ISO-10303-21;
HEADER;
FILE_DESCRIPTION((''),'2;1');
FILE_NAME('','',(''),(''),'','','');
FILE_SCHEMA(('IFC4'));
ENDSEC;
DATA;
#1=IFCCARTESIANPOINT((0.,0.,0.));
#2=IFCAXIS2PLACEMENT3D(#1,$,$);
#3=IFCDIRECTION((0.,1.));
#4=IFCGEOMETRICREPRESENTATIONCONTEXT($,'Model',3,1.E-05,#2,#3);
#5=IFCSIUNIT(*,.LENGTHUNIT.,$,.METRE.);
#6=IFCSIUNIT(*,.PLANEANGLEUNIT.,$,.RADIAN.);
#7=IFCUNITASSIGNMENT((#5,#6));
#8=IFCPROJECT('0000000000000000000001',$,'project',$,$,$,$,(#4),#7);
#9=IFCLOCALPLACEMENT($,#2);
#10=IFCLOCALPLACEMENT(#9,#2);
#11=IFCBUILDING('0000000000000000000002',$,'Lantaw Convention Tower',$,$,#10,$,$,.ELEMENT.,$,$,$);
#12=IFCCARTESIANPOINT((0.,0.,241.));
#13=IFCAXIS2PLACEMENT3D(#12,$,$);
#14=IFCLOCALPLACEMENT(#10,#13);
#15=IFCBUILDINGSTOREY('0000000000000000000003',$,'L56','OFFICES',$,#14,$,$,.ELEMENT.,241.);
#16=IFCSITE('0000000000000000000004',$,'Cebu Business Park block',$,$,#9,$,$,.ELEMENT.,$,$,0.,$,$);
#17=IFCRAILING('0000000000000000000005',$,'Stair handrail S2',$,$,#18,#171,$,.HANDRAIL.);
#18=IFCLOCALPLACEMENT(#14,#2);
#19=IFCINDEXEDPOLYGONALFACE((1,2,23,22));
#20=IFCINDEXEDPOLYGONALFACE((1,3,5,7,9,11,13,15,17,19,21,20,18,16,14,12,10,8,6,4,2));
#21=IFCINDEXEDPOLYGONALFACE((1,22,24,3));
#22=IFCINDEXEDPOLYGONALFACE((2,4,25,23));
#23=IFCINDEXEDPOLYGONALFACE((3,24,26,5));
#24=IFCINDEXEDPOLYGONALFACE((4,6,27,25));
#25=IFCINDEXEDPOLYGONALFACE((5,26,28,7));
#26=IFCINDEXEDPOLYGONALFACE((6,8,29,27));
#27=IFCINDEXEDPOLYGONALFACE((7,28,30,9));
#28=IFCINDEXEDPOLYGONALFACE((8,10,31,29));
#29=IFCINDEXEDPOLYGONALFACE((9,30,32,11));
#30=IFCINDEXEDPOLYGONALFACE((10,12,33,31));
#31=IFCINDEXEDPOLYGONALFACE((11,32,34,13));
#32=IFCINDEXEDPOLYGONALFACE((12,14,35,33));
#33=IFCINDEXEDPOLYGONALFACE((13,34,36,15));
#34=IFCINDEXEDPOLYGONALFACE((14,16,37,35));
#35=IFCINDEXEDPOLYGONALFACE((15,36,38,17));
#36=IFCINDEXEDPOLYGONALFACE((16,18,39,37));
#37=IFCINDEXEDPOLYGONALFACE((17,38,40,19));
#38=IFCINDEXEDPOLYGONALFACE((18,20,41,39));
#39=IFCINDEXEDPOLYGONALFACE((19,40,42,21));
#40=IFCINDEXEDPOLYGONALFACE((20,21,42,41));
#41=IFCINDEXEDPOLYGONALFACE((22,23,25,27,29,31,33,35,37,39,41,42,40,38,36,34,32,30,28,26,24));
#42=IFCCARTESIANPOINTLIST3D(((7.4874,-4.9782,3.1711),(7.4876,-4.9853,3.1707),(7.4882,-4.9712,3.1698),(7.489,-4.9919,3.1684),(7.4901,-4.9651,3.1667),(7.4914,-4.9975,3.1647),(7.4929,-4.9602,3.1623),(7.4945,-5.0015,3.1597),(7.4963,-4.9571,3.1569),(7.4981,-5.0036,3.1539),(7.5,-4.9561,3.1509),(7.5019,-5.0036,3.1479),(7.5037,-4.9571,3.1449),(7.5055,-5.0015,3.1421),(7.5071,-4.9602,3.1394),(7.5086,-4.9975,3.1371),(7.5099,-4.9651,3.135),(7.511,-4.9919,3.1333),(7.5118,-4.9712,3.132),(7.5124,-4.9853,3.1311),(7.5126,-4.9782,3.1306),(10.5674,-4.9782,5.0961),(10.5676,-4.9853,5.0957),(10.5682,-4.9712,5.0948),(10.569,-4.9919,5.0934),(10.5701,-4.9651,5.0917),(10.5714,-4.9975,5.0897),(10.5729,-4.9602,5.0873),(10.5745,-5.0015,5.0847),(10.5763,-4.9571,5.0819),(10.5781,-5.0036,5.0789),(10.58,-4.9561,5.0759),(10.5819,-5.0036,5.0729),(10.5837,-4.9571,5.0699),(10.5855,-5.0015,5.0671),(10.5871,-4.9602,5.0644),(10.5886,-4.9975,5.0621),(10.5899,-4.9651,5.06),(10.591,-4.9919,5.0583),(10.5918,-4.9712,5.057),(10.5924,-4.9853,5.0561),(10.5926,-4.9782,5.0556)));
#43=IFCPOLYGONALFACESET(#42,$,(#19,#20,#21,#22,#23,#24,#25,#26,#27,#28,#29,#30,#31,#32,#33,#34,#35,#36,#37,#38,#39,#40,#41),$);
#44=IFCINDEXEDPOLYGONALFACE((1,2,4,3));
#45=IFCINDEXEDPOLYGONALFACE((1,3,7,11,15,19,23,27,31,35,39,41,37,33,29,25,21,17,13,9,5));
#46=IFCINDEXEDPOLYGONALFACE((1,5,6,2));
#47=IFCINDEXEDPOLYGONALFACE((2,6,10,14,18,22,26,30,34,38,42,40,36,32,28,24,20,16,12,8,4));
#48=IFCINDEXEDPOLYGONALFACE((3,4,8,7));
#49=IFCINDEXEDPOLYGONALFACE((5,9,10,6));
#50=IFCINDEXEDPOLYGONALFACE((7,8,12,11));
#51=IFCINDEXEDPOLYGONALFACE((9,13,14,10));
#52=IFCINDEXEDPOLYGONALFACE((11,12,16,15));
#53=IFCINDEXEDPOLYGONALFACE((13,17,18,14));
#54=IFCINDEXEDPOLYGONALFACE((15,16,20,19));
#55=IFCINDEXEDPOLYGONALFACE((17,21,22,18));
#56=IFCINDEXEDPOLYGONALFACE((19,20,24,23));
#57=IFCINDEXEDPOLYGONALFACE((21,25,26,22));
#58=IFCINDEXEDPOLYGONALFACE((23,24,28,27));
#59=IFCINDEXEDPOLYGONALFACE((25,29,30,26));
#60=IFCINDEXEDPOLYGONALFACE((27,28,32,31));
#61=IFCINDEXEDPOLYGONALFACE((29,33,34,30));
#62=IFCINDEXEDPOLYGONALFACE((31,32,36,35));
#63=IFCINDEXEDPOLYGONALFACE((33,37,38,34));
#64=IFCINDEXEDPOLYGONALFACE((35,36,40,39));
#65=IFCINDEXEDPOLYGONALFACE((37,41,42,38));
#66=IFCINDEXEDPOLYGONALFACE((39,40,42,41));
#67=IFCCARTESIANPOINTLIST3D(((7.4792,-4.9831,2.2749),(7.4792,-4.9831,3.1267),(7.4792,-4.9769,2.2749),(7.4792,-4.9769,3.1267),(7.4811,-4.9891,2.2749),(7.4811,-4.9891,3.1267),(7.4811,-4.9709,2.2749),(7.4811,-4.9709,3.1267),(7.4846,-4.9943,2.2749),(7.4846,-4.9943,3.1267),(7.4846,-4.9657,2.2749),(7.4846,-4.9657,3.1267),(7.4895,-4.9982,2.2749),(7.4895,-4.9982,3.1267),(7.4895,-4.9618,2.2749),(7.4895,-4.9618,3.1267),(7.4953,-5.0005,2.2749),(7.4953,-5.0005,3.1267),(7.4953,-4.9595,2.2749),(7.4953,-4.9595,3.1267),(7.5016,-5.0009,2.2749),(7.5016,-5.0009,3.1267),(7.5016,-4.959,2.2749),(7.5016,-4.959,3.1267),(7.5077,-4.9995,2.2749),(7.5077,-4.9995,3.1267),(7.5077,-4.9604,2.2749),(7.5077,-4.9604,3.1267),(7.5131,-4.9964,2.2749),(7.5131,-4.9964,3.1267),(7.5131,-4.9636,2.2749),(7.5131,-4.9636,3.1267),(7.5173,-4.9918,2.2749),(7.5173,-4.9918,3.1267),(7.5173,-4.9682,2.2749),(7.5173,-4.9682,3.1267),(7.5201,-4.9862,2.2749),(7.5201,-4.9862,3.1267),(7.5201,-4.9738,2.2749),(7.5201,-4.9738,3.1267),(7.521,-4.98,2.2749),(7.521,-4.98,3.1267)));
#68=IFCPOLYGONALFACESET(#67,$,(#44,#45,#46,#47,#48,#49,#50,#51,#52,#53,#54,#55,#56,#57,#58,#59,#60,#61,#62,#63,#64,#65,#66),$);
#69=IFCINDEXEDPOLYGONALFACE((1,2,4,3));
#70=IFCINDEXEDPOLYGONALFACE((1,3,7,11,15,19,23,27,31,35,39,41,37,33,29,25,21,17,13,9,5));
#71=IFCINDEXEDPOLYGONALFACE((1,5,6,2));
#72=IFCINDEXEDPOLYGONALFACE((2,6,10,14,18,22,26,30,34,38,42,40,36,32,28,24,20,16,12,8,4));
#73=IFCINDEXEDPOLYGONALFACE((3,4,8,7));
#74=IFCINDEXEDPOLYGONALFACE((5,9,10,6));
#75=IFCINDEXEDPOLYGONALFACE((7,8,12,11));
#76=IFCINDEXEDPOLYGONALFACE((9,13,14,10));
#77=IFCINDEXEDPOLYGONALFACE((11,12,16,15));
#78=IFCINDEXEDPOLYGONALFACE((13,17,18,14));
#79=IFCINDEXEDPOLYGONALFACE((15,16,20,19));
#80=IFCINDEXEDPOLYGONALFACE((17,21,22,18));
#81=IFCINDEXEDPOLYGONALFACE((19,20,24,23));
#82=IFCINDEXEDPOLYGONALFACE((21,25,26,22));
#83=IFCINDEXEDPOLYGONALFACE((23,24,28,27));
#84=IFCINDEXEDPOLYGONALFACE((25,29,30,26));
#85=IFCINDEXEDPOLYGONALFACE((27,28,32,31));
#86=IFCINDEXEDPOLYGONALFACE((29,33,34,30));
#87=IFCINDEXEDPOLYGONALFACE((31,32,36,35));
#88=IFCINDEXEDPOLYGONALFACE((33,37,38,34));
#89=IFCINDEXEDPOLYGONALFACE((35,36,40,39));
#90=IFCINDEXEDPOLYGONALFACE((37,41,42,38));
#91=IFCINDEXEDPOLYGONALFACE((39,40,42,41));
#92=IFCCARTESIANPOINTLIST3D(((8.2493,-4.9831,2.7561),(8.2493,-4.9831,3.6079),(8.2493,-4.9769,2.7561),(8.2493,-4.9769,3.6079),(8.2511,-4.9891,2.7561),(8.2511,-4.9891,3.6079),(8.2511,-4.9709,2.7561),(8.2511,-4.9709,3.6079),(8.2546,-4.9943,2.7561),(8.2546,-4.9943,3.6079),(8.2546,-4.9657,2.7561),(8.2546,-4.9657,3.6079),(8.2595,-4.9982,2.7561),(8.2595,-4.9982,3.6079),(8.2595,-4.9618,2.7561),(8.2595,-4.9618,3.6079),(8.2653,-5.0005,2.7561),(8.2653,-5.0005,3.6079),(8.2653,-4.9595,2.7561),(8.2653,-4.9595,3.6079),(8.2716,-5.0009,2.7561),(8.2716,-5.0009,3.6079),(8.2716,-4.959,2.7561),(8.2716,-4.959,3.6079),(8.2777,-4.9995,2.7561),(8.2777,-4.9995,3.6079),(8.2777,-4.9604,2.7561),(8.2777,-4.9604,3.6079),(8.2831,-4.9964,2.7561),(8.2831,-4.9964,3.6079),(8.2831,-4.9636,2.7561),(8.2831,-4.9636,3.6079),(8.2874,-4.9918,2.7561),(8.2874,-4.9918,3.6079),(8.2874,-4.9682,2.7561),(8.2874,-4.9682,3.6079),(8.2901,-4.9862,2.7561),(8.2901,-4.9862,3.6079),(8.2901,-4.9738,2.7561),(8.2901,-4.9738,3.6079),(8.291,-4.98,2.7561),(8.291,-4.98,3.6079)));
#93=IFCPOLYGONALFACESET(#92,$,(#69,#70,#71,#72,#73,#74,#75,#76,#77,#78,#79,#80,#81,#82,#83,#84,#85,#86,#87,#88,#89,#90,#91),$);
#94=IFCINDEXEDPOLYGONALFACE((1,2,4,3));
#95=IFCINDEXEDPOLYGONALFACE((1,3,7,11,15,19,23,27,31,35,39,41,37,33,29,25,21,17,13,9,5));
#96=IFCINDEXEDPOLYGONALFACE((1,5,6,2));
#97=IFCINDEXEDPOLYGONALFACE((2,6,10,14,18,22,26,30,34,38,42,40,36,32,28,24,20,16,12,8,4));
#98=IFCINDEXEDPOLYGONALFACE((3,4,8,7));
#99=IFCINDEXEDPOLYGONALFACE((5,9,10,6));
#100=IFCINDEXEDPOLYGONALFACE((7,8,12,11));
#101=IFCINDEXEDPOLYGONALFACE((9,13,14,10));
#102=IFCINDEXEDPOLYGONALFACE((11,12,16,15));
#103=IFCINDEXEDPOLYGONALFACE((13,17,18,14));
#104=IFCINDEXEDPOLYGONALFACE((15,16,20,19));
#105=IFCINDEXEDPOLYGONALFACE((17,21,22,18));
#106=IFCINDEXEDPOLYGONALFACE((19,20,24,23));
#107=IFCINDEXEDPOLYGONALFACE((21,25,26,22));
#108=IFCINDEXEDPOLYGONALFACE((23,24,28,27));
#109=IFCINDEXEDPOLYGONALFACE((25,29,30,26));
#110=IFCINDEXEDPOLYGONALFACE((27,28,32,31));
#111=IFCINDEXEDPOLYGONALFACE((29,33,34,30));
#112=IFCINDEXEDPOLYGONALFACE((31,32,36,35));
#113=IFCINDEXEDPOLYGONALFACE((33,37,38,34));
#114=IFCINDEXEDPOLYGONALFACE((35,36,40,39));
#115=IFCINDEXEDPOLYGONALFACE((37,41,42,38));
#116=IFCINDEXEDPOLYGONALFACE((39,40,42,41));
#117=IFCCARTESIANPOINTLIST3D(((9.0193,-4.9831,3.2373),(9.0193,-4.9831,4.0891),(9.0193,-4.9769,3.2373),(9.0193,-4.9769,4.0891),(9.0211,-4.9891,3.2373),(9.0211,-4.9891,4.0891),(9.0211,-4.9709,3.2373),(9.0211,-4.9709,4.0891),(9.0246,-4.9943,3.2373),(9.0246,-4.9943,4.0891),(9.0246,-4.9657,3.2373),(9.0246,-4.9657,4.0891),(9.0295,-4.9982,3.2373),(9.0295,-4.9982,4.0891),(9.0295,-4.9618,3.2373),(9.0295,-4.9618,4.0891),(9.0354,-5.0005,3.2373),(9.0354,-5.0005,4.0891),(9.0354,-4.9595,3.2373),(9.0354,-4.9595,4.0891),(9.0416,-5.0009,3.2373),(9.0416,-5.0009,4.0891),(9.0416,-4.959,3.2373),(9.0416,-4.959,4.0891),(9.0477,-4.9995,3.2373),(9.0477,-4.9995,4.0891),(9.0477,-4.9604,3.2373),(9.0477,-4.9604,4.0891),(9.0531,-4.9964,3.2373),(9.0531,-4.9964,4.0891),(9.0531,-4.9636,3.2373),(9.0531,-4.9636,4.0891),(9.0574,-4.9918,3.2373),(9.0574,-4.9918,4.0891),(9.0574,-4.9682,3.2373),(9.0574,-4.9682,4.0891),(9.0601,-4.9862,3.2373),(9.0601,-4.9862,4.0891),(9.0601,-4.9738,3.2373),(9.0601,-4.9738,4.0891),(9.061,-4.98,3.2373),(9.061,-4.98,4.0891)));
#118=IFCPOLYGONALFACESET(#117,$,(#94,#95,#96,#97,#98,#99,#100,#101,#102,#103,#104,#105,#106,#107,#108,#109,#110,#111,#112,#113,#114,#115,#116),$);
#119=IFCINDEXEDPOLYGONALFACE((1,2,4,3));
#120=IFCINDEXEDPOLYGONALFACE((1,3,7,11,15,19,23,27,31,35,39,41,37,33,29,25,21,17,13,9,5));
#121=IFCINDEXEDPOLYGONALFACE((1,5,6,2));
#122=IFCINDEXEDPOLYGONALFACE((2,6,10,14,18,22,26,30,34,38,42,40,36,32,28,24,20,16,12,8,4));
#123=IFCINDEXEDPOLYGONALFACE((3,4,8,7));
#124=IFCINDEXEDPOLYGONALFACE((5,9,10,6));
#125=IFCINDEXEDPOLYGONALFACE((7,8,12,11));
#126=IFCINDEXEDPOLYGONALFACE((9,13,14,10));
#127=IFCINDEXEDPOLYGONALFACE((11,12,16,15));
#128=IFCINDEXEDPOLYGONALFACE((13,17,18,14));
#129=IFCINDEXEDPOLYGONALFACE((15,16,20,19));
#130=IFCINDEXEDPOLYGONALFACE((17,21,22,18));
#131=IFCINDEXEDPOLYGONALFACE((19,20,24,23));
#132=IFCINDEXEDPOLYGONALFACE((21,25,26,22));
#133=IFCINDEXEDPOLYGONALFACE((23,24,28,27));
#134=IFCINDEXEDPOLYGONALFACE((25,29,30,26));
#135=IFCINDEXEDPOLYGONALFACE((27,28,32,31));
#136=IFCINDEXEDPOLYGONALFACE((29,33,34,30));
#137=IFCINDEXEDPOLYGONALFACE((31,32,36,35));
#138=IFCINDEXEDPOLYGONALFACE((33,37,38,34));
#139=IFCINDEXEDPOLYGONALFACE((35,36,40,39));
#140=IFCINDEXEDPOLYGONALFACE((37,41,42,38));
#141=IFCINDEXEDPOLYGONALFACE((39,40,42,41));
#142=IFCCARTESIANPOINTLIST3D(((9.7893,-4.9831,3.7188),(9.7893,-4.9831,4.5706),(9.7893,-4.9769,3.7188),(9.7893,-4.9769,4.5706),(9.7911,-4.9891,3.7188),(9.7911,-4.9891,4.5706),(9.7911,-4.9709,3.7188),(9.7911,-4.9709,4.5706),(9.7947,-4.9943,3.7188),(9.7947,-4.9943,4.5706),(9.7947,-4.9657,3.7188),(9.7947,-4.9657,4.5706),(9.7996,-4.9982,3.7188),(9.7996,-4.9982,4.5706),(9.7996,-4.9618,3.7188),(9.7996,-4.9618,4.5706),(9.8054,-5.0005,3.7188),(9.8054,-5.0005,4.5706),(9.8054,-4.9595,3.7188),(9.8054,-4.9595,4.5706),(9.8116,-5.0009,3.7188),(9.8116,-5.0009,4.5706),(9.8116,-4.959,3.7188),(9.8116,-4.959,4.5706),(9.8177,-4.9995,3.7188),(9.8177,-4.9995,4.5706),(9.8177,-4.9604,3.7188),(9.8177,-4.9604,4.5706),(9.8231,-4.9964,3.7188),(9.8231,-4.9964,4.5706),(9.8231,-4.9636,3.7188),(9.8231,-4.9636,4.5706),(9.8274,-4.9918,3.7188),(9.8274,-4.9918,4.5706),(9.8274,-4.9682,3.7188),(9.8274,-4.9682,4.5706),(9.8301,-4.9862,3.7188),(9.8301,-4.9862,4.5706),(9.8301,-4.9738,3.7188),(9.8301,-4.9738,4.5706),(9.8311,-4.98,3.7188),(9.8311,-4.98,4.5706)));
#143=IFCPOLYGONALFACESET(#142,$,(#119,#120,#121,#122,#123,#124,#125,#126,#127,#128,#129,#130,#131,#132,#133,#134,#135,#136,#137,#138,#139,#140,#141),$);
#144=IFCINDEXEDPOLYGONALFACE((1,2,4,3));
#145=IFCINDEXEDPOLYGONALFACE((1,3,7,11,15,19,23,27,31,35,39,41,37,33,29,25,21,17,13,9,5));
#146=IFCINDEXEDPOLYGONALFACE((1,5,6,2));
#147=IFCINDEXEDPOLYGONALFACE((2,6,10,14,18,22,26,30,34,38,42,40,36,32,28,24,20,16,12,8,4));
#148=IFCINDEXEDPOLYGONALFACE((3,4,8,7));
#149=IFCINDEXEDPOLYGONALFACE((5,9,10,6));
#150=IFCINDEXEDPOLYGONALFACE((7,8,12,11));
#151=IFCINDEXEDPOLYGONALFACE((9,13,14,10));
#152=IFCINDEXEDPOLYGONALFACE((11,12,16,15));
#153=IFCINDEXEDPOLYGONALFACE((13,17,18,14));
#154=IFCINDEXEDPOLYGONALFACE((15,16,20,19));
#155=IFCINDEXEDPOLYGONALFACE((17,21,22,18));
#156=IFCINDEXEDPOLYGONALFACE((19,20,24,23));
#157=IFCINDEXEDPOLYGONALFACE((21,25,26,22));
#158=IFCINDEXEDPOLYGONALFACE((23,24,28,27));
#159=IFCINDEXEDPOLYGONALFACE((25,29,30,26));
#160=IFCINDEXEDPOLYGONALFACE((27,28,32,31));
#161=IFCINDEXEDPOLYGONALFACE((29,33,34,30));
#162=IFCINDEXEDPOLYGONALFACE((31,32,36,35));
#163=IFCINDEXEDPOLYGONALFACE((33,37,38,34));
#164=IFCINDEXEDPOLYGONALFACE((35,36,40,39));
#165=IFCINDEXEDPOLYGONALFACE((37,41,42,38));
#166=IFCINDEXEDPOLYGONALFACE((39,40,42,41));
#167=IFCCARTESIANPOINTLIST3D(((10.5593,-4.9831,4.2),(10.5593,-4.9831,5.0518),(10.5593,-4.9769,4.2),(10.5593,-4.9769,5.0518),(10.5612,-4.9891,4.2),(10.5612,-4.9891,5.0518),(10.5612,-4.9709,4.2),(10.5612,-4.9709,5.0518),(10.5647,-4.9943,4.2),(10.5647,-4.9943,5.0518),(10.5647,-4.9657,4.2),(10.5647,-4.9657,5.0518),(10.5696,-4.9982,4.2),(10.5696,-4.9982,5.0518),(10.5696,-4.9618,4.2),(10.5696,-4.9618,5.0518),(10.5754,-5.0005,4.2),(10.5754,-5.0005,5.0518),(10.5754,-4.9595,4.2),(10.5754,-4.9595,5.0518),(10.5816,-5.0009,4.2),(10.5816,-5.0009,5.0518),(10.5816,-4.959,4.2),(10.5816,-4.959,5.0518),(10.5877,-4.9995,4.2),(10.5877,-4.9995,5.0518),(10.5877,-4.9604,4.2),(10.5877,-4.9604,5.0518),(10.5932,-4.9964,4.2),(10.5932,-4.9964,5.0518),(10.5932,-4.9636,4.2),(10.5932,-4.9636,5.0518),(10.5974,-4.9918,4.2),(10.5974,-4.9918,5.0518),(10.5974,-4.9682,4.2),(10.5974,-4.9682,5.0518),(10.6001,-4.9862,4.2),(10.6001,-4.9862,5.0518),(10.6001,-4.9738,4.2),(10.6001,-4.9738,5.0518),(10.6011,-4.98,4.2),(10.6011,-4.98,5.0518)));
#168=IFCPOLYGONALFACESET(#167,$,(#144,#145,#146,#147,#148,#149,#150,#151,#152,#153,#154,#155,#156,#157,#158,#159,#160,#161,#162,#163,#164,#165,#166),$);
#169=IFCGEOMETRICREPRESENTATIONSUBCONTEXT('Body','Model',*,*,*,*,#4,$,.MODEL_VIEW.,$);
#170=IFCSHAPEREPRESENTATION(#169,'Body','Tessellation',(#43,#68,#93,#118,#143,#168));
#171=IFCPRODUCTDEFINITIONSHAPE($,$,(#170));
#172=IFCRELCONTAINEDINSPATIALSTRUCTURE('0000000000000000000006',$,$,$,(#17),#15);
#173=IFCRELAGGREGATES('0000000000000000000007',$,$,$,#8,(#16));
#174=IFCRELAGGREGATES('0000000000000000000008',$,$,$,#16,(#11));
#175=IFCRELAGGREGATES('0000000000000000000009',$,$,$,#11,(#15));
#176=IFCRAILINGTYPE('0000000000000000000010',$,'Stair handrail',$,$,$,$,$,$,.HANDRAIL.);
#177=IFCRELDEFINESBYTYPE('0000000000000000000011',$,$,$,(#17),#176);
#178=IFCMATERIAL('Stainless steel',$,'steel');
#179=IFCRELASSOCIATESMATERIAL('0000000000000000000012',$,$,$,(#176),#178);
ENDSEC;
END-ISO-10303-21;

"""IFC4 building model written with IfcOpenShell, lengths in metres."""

from ifc_helpers import new_model, si_unit, direction, frame, origin, origin_2d, place, context, subcontext, project, spatial, circle, extrude, material, type_object, element, save


model = new_model("IFC4")

# Units and contexts
model_context = context("Model", 3, precision=1e-05, world=origin(), true_north=direction((0.0, 1.0)))
body_context = subcontext(model_context, "Body", "Model", "MODEL_VIEW")
ifc_project = project(units=[si_unit("LENGTHUNIT", "METRE"), si_unit("PLANEANGLEUNIT", "RADIAN")], contexts=[model_context])

# Site, building, storey
site_placement = place(None, origin())
site = spatial("IfcSite", under=ifc_project, at=site_placement, Name="Cebu Business Park block", CompositionType="ELEMENT", RefElevation=0.0)
building_placement = place(site_placement, origin())
building = spatial("IfcBuilding", under=site, at=building_placement, Name="Lantaw Convention Tower", CompositionType="ELEMENT")
storey_placement = place(building_placement, frame((0.0, 0.0, 241.0)))
storey = spatial("IfcBuildingStorey", under=building, at=storey_placement, Name="L56", Description="OFFICES", CompositionType="ELEMENT", Elevation=241.0)

# Railing
ifc_material_1 = material(Name="Stainless steel", Category="steel")
railing_type = type_object("IfcRailingType", Name="Stair handrail", PredefinedType="HANDRAIL", material=ifc_material_1)
railing_1_placement = place(storey_placement, frame((7.5, -4.98, 2.2749)))
element("IfcRailing", 1, at=railing_1_placement, inside=storey, type_object=railing_type, Name="Stair handrail S2", PredefinedType="HANDRAIL", context=body_context, shape_type="SweptSolid", body=[
    extrude(circle(Radius=0.0239, at=origin_2d()), frame((0.0, 0.0, 0.876), z_axis=(0.847998, 0.0, 0.529999), x_axis=(0.0, 1.0, 0.0)), (0.0, 0.0, 1.0), 3.6321),
    extrude(circle(Radius=0.021, at=origin_2d()), origin(), (0.0, 0.0, 1.0), 0.8518),
    extrude(circle(Radius=0.021, at=origin_2d()), frame((0.77, 0.0, 0.4812)), (0.0, 0.0, 1.0), 0.8518),
    extrude(circle(Radius=0.021, at=origin_2d()), frame((1.54, 0.0, 0.9624)), (0.0, 0.0, 1.0), 0.8518),
    extrude(circle(Radius=0.021, at=origin_2d()), frame((2.3101, 0.0, 1.4438)), (0.0, 0.0, 1.0), 0.8518),
    extrude(circle(Radius=0.021, at=origin_2d()), frame((3.0801, 0.0, 1.925)), (0.0, 0.0, 1.0), 0.8518),
])

save(model, "model.ifc")
